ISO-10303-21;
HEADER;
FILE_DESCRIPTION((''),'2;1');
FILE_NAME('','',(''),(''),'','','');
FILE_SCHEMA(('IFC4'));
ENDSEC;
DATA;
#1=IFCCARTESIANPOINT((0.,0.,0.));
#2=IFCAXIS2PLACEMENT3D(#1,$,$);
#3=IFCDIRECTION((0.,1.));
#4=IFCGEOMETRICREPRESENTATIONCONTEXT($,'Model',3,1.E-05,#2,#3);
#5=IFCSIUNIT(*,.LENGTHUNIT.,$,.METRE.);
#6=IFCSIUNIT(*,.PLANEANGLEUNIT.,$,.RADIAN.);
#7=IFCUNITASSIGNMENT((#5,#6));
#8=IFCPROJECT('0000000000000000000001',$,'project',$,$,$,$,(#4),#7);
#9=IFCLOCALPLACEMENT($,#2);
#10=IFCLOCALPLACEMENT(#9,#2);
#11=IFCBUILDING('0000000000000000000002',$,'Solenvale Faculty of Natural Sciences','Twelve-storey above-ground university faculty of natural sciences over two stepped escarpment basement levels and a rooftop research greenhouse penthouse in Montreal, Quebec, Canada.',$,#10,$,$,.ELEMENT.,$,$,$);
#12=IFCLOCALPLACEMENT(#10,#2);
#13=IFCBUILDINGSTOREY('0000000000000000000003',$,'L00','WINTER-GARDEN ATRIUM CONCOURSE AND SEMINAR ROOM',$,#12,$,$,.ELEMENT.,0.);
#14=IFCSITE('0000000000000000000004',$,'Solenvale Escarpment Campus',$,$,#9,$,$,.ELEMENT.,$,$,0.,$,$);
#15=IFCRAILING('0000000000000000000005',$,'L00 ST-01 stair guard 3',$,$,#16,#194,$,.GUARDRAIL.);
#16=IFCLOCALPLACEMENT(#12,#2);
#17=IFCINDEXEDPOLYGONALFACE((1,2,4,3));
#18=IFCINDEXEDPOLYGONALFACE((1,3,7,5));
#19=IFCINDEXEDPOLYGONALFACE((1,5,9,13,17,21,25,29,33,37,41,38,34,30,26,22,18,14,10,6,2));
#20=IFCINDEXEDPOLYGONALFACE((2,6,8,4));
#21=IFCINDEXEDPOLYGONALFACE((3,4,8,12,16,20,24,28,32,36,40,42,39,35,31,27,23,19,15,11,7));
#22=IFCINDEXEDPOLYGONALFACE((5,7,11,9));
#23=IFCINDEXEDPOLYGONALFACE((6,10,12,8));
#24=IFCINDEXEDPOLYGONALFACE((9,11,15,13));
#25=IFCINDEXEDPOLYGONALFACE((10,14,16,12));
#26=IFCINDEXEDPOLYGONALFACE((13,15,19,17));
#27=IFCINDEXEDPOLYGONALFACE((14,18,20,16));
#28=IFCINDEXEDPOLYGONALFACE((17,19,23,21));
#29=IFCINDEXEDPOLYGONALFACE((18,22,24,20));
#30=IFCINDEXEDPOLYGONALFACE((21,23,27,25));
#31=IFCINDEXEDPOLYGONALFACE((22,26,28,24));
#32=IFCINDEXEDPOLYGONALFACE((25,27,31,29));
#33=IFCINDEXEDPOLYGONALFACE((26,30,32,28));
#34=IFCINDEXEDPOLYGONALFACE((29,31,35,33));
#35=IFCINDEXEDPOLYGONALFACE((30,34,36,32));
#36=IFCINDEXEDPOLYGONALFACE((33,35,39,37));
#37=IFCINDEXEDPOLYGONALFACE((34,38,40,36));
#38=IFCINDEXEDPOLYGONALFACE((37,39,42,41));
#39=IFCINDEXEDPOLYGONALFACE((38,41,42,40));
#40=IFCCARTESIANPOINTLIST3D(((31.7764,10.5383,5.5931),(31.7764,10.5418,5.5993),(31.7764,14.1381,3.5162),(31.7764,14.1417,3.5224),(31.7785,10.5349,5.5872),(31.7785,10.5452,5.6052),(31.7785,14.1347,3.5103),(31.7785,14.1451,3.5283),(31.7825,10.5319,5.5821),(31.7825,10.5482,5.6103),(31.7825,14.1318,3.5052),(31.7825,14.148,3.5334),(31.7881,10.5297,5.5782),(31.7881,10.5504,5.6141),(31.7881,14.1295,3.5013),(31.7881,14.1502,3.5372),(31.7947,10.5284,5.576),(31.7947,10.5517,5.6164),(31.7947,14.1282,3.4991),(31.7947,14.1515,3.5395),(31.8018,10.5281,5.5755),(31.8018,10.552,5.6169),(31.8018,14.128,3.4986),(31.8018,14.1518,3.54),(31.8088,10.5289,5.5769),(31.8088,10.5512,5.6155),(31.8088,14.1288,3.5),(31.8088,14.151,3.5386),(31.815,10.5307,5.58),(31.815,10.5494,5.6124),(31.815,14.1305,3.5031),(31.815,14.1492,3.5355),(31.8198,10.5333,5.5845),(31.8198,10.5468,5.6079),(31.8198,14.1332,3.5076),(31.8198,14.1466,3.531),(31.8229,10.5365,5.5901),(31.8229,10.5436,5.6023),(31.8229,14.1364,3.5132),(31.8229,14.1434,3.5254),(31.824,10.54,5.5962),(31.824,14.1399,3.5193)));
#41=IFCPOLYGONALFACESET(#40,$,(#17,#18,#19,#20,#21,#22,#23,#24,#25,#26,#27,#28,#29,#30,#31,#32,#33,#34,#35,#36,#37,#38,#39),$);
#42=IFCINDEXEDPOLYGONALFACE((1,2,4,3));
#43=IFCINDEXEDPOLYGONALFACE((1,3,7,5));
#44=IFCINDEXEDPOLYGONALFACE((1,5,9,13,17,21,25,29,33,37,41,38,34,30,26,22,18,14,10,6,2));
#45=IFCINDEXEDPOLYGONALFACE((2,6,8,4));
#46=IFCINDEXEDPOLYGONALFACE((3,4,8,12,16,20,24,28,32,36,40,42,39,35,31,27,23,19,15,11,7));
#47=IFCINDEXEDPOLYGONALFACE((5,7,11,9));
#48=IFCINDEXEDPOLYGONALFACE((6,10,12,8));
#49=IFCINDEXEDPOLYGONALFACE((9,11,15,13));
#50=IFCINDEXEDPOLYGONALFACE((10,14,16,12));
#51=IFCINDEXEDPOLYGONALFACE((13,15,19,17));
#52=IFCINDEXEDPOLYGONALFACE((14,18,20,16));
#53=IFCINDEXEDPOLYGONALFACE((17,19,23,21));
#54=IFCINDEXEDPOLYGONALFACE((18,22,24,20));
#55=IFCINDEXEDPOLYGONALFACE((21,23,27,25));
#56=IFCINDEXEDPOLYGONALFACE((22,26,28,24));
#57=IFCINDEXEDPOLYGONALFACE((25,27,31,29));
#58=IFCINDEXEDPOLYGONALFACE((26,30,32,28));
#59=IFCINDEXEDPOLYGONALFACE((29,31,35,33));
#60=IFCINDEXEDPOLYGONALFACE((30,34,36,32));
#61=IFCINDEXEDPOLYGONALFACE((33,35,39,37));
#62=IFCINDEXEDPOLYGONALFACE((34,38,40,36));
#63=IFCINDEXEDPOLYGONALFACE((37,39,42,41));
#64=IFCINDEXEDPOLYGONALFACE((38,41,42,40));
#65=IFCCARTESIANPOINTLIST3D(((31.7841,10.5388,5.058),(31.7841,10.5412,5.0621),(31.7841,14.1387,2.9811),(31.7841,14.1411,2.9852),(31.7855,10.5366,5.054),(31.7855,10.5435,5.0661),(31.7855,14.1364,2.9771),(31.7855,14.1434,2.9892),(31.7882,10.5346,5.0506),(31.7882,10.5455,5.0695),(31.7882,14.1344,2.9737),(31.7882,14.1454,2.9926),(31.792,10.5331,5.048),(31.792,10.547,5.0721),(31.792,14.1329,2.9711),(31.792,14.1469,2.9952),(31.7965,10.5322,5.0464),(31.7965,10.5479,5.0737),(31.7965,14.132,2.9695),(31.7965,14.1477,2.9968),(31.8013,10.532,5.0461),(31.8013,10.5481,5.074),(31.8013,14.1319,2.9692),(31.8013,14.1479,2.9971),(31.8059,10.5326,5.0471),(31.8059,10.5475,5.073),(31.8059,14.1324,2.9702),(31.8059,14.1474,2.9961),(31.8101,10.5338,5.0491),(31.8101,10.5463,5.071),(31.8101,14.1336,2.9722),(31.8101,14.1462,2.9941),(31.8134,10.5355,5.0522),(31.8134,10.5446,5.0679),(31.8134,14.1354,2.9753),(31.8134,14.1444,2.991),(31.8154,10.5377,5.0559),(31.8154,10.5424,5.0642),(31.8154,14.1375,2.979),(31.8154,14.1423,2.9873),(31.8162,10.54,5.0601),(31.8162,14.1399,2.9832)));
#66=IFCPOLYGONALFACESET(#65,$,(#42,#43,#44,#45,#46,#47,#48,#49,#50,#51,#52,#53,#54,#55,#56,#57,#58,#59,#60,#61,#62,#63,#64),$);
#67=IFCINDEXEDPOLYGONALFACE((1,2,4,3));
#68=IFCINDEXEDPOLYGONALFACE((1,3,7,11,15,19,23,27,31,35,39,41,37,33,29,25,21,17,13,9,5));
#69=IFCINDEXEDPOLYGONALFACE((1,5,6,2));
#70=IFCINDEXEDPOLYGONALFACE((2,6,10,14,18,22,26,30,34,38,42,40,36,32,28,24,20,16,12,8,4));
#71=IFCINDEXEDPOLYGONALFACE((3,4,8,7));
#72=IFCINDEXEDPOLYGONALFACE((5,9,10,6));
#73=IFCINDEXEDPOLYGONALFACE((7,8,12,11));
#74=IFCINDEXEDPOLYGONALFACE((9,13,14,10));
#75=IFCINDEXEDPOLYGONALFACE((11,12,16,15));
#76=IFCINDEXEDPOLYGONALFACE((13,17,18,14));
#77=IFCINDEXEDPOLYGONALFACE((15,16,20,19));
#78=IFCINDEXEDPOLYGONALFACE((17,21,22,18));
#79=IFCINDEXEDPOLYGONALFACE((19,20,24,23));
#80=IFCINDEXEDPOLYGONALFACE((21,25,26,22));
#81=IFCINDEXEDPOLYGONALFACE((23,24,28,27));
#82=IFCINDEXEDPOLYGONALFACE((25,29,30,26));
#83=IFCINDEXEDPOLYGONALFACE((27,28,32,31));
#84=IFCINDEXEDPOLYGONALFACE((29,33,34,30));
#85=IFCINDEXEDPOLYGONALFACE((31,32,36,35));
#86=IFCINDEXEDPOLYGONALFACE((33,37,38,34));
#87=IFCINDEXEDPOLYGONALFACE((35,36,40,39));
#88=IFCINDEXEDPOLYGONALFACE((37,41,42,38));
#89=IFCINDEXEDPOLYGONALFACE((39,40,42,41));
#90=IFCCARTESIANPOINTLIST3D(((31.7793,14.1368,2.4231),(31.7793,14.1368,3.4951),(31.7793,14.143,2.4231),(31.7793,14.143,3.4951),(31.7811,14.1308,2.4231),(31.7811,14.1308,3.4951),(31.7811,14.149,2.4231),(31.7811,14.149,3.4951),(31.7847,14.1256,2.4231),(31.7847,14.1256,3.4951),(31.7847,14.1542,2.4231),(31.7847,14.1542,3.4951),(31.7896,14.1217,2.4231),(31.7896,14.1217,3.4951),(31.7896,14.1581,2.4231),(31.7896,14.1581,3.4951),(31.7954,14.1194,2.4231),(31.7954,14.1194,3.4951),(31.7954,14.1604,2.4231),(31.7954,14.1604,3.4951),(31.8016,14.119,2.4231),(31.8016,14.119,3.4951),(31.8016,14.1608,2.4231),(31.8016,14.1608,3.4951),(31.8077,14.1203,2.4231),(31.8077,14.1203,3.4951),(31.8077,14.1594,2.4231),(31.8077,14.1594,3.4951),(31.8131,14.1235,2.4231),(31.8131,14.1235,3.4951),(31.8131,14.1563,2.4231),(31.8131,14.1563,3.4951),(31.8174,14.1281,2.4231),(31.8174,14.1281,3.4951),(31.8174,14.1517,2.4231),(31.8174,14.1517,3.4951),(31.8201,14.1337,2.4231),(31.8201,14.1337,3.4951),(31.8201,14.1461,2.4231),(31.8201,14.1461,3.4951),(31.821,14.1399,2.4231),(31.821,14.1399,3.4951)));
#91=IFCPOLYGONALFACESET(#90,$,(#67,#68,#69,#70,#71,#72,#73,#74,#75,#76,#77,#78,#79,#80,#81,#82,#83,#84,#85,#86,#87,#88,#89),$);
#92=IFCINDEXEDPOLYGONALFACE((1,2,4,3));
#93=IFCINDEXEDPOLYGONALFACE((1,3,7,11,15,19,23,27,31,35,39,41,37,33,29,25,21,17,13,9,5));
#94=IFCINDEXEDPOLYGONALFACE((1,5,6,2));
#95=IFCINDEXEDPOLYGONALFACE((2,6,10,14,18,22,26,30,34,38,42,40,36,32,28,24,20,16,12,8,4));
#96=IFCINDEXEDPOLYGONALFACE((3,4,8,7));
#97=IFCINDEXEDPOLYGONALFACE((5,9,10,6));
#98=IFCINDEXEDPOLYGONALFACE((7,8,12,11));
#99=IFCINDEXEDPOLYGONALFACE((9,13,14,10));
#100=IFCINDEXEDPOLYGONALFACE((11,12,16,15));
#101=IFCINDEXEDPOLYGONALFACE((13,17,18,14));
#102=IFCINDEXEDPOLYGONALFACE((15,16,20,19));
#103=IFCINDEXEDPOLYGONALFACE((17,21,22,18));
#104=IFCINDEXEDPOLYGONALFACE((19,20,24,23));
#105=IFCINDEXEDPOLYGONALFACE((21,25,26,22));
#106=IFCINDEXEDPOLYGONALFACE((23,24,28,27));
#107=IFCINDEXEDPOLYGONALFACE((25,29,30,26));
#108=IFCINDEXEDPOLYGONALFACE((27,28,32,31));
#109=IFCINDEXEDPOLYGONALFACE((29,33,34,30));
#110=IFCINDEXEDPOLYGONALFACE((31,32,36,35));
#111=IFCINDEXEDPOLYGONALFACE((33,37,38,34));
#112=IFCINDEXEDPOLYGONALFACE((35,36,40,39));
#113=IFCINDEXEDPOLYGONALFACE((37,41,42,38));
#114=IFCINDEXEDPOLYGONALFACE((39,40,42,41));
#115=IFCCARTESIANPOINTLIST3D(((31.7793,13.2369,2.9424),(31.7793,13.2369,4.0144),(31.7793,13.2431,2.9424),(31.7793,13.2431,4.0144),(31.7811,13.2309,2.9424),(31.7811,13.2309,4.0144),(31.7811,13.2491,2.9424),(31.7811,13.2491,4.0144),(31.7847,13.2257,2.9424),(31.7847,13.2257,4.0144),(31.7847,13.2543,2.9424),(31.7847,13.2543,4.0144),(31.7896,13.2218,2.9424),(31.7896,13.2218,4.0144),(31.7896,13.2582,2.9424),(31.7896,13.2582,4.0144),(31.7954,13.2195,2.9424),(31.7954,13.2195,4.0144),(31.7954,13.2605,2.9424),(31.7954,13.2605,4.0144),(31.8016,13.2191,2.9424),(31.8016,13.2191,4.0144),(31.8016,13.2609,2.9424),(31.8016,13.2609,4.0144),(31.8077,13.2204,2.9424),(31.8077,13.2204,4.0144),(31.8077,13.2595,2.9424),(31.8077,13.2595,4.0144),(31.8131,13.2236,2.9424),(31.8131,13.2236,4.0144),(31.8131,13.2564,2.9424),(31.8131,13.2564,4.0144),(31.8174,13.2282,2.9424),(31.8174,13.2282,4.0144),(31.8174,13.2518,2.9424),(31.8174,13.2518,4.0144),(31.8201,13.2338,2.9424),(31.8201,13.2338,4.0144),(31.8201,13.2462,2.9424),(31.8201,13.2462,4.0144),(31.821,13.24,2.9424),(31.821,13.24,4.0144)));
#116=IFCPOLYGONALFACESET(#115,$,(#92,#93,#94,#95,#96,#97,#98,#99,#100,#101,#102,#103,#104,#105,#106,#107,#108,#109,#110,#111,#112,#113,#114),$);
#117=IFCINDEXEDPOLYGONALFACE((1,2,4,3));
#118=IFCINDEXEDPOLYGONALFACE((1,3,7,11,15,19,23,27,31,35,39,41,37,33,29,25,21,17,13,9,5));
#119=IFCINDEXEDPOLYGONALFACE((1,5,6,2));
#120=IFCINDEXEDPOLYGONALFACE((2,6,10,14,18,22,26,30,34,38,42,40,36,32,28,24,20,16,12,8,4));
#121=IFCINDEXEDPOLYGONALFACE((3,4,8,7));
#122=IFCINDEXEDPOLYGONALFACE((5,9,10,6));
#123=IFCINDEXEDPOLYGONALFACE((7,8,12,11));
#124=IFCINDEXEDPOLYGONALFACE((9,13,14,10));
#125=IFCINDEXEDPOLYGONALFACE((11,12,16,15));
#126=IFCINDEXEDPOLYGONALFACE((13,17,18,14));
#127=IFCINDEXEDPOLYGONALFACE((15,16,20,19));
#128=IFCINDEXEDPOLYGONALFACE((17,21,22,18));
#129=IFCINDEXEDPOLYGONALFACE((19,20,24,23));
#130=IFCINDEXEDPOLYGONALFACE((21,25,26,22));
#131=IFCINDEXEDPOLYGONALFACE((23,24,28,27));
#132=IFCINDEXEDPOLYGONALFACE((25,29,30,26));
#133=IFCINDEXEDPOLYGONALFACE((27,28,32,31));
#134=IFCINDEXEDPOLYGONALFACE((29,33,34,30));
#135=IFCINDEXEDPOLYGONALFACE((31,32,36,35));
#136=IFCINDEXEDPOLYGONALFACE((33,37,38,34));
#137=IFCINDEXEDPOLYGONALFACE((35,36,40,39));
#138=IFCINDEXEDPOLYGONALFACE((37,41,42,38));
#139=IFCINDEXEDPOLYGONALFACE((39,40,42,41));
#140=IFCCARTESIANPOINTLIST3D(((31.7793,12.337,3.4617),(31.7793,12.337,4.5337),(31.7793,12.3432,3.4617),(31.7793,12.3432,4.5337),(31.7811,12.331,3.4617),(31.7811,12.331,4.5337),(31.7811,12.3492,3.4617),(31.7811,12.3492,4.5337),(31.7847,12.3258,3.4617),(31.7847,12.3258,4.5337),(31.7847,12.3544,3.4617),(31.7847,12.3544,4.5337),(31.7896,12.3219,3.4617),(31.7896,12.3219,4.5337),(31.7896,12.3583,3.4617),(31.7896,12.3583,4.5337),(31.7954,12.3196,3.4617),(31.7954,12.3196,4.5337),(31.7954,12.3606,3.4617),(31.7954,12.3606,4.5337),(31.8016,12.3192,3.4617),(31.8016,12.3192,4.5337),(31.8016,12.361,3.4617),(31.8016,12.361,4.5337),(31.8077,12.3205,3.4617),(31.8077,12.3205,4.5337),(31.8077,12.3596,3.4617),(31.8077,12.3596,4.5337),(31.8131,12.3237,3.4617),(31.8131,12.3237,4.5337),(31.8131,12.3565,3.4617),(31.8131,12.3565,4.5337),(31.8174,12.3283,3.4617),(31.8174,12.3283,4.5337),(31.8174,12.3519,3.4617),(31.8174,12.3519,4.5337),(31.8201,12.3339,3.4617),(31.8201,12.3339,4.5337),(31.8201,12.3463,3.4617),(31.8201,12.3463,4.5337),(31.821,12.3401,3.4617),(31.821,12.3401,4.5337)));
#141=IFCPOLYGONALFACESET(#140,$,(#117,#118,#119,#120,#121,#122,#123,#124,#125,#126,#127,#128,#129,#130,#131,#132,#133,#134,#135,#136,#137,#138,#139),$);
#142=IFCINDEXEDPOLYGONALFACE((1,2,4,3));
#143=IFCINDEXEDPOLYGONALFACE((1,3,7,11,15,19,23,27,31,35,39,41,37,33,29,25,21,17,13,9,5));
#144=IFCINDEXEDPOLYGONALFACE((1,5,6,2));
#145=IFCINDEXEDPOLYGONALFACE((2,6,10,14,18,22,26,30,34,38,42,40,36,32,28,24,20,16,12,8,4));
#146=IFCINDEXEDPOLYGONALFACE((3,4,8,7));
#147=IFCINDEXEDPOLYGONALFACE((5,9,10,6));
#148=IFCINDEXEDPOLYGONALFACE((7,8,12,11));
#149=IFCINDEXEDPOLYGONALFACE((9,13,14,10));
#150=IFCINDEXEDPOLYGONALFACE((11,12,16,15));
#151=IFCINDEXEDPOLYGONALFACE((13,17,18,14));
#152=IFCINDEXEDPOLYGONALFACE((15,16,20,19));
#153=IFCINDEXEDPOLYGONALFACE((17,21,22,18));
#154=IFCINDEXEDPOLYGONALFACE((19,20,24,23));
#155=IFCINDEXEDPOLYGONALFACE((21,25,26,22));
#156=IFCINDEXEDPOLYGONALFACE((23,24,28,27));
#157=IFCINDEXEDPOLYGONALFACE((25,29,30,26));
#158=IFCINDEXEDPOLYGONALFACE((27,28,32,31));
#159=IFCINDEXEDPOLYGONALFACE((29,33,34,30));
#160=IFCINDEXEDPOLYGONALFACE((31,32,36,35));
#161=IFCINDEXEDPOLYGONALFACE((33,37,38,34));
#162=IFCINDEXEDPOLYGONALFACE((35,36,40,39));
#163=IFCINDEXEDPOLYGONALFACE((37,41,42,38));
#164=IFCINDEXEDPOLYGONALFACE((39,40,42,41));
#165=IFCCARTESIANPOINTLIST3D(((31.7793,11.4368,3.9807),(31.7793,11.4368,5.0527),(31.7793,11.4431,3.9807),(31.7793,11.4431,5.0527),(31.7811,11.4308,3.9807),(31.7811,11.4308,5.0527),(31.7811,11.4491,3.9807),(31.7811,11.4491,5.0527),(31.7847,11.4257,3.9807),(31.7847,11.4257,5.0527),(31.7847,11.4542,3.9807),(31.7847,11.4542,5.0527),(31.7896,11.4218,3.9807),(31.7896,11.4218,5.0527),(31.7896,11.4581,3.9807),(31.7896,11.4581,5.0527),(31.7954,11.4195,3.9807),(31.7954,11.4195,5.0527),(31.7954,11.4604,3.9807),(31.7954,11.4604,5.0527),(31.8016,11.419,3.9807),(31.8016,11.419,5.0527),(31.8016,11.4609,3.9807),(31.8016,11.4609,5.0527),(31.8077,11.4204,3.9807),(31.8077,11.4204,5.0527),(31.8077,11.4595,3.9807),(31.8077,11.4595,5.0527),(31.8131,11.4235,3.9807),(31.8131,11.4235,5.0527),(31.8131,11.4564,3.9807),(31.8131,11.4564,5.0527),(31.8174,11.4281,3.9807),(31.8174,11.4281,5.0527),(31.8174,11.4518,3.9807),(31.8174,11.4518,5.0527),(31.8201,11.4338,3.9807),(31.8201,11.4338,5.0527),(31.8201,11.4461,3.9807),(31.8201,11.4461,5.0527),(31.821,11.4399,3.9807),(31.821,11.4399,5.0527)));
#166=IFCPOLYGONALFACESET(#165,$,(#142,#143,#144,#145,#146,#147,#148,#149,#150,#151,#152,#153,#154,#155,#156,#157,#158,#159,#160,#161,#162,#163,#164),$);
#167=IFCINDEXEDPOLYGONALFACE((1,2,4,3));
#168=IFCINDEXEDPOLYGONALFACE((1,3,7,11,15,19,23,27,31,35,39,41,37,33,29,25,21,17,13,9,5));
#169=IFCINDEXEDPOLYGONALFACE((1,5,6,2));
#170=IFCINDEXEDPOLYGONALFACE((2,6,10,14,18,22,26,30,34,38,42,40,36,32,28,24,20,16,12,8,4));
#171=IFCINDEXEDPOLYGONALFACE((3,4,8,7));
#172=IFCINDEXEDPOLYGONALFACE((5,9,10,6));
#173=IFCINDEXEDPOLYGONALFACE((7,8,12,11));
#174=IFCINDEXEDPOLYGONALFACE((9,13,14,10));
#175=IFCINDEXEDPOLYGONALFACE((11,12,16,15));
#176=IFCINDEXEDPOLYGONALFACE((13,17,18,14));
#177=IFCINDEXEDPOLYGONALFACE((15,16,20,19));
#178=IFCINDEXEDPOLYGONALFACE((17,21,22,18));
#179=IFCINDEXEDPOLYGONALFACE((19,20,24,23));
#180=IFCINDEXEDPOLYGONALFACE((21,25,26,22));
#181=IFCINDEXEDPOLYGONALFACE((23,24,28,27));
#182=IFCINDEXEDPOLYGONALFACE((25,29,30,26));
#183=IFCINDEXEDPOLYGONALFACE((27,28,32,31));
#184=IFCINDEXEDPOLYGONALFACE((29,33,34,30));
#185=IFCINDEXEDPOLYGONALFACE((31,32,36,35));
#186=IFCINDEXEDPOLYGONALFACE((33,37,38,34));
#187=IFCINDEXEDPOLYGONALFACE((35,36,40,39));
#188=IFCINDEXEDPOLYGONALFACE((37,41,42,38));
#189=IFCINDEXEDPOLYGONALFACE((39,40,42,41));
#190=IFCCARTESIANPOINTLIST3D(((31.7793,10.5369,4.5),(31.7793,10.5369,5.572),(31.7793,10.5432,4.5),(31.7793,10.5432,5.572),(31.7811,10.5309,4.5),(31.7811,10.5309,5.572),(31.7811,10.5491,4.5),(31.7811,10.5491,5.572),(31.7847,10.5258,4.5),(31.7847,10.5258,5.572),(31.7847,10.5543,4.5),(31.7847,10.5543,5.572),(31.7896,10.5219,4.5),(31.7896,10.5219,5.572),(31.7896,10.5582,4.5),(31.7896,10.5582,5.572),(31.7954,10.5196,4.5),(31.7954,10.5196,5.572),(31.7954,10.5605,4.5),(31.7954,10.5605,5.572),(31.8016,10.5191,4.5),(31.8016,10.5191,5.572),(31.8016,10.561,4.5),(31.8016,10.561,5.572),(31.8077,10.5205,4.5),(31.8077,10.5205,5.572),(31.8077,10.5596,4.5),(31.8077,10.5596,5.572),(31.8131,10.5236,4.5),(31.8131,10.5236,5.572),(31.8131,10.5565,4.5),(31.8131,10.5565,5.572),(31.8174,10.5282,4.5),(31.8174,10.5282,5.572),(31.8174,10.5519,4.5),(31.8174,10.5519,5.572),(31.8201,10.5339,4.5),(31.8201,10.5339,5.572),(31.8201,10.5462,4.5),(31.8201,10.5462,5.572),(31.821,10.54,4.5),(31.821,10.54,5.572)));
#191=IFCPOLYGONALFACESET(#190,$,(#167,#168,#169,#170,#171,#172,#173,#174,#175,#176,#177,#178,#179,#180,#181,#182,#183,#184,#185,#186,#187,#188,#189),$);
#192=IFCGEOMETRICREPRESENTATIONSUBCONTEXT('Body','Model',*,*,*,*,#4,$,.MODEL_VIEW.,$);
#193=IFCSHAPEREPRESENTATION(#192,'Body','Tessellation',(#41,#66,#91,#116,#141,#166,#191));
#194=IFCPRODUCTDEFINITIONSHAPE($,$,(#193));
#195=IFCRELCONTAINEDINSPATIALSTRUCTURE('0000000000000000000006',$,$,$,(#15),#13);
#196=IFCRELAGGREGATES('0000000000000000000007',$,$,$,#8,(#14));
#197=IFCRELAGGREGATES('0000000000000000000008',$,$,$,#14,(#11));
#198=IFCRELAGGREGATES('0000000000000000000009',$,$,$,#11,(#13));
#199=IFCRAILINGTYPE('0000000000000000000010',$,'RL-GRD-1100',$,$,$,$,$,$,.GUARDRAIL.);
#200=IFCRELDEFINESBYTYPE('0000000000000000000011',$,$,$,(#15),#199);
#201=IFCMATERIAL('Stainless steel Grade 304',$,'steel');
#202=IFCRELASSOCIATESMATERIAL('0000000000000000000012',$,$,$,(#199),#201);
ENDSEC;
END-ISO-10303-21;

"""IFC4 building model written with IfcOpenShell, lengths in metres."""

from ifc_helpers import new_model, si_unit, direction, frame, origin, origin_2d, place, context, subcontext, project, spatial, circle, extrude, material, type_object, element, save


model = new_model("IFC4")

# Units and contexts
model_context = context("Model", 3, precision=1e-05, world=origin(), true_north=direction((0.0, 1.0)))
body_context = subcontext(model_context, "Body", "Model", "MODEL_VIEW")
ifc_project = project(units=[si_unit("LENGTHUNIT", "METRE"), si_unit("PLANEANGLEUNIT", "RADIAN")], contexts=[model_context])

# Site, building, storey
site_placement = place(None, origin())
site = spatial("IfcSite", under=ifc_project, at=site_placement, Name="Solenvale Escarpment Campus", CompositionType="ELEMENT", RefElevation=0.0)
building_placement = place(site_placement, origin())
building = spatial("IfcBuilding", under=site, at=building_placement, Name="Solenvale Faculty of Natural Sciences", Description="Twelve-storey above-ground university faculty of natural sciences over two stepped escarpment basement levels and a rooftop research greenhouse penthouse in Montreal, Quebec, Canada.", CompositionType="ELEMENT")
storey_placement = place(building_placement, origin())
storey = spatial("IfcBuildingStorey", under=building, at=storey_placement, Name="L00", Description="WINTER-GARDEN ATRIUM CONCOURSE AND SEMINAR ROOM", CompositionType="ELEMENT", Elevation=0.0)

# Railing
ifc_material_1 = material(Name="Stainless steel Grade 304", Category="steel")
railing_type_1 = type_object("IfcRailingType", Name="RL-GRD-1100", PredefinedType="GUARDRAIL", material=ifc_material_1)
railing_1_placement = place(storey_placement, frame((31.8, 14.1399, 2.4231)))
element("IfcRailing", 1, at=railing_1_placement, inside=storey, type_object=railing_type_1, Name="L00 ST-01 stair guard 3", PredefinedType="GUARDRAIL", context=body_context, shape_type="SweptSolid", body=[
    extrude(circle(Radius=0.0239, at=origin_2d()), frame((0.0, 0.0, 1.0962), z_axis=(0.0, -0.866179, 0.499734), x_axis=(1.0, 0.0, 0.0)), (0.0, 0.0, 1.0), 4.156),
    extrude(circle(Radius=0.0161, at=origin_2d()), frame((0.0, 0.0, 0.5601), z_axis=(0.0, -0.866179, 0.499734), x_axis=(1.0, 0.0, 0.0)), (0.0, 0.0, 1.0), 4.156),
    extrude(circle(Radius=0.021, at=origin_2d()), origin(), (0.0, 0.0, 1.0), 1.072),
    extrude(circle(Radius=0.021, at=origin_2d()), frame((0.0, -0.8999, 0.5193)), (0.0, 0.0, 1.0), 1.072),
    extrude(circle(Radius=0.021, at=origin_2d()), frame((0.0, -1.7998, 1.0386)), (0.0, 0.0, 1.0), 1.072),
    extrude(circle(Radius=0.021, at=origin_2d()), frame((0.0, -2.7, 1.5576)), (0.0, 0.0, 1.0), 1.072),
    extrude(circle(Radius=0.021, at=origin_2d()), frame((0.0, -3.5999, 2.0769)), (0.0, 0.0, 1.0), 1.072),
])

save(model, "model.ifc")
